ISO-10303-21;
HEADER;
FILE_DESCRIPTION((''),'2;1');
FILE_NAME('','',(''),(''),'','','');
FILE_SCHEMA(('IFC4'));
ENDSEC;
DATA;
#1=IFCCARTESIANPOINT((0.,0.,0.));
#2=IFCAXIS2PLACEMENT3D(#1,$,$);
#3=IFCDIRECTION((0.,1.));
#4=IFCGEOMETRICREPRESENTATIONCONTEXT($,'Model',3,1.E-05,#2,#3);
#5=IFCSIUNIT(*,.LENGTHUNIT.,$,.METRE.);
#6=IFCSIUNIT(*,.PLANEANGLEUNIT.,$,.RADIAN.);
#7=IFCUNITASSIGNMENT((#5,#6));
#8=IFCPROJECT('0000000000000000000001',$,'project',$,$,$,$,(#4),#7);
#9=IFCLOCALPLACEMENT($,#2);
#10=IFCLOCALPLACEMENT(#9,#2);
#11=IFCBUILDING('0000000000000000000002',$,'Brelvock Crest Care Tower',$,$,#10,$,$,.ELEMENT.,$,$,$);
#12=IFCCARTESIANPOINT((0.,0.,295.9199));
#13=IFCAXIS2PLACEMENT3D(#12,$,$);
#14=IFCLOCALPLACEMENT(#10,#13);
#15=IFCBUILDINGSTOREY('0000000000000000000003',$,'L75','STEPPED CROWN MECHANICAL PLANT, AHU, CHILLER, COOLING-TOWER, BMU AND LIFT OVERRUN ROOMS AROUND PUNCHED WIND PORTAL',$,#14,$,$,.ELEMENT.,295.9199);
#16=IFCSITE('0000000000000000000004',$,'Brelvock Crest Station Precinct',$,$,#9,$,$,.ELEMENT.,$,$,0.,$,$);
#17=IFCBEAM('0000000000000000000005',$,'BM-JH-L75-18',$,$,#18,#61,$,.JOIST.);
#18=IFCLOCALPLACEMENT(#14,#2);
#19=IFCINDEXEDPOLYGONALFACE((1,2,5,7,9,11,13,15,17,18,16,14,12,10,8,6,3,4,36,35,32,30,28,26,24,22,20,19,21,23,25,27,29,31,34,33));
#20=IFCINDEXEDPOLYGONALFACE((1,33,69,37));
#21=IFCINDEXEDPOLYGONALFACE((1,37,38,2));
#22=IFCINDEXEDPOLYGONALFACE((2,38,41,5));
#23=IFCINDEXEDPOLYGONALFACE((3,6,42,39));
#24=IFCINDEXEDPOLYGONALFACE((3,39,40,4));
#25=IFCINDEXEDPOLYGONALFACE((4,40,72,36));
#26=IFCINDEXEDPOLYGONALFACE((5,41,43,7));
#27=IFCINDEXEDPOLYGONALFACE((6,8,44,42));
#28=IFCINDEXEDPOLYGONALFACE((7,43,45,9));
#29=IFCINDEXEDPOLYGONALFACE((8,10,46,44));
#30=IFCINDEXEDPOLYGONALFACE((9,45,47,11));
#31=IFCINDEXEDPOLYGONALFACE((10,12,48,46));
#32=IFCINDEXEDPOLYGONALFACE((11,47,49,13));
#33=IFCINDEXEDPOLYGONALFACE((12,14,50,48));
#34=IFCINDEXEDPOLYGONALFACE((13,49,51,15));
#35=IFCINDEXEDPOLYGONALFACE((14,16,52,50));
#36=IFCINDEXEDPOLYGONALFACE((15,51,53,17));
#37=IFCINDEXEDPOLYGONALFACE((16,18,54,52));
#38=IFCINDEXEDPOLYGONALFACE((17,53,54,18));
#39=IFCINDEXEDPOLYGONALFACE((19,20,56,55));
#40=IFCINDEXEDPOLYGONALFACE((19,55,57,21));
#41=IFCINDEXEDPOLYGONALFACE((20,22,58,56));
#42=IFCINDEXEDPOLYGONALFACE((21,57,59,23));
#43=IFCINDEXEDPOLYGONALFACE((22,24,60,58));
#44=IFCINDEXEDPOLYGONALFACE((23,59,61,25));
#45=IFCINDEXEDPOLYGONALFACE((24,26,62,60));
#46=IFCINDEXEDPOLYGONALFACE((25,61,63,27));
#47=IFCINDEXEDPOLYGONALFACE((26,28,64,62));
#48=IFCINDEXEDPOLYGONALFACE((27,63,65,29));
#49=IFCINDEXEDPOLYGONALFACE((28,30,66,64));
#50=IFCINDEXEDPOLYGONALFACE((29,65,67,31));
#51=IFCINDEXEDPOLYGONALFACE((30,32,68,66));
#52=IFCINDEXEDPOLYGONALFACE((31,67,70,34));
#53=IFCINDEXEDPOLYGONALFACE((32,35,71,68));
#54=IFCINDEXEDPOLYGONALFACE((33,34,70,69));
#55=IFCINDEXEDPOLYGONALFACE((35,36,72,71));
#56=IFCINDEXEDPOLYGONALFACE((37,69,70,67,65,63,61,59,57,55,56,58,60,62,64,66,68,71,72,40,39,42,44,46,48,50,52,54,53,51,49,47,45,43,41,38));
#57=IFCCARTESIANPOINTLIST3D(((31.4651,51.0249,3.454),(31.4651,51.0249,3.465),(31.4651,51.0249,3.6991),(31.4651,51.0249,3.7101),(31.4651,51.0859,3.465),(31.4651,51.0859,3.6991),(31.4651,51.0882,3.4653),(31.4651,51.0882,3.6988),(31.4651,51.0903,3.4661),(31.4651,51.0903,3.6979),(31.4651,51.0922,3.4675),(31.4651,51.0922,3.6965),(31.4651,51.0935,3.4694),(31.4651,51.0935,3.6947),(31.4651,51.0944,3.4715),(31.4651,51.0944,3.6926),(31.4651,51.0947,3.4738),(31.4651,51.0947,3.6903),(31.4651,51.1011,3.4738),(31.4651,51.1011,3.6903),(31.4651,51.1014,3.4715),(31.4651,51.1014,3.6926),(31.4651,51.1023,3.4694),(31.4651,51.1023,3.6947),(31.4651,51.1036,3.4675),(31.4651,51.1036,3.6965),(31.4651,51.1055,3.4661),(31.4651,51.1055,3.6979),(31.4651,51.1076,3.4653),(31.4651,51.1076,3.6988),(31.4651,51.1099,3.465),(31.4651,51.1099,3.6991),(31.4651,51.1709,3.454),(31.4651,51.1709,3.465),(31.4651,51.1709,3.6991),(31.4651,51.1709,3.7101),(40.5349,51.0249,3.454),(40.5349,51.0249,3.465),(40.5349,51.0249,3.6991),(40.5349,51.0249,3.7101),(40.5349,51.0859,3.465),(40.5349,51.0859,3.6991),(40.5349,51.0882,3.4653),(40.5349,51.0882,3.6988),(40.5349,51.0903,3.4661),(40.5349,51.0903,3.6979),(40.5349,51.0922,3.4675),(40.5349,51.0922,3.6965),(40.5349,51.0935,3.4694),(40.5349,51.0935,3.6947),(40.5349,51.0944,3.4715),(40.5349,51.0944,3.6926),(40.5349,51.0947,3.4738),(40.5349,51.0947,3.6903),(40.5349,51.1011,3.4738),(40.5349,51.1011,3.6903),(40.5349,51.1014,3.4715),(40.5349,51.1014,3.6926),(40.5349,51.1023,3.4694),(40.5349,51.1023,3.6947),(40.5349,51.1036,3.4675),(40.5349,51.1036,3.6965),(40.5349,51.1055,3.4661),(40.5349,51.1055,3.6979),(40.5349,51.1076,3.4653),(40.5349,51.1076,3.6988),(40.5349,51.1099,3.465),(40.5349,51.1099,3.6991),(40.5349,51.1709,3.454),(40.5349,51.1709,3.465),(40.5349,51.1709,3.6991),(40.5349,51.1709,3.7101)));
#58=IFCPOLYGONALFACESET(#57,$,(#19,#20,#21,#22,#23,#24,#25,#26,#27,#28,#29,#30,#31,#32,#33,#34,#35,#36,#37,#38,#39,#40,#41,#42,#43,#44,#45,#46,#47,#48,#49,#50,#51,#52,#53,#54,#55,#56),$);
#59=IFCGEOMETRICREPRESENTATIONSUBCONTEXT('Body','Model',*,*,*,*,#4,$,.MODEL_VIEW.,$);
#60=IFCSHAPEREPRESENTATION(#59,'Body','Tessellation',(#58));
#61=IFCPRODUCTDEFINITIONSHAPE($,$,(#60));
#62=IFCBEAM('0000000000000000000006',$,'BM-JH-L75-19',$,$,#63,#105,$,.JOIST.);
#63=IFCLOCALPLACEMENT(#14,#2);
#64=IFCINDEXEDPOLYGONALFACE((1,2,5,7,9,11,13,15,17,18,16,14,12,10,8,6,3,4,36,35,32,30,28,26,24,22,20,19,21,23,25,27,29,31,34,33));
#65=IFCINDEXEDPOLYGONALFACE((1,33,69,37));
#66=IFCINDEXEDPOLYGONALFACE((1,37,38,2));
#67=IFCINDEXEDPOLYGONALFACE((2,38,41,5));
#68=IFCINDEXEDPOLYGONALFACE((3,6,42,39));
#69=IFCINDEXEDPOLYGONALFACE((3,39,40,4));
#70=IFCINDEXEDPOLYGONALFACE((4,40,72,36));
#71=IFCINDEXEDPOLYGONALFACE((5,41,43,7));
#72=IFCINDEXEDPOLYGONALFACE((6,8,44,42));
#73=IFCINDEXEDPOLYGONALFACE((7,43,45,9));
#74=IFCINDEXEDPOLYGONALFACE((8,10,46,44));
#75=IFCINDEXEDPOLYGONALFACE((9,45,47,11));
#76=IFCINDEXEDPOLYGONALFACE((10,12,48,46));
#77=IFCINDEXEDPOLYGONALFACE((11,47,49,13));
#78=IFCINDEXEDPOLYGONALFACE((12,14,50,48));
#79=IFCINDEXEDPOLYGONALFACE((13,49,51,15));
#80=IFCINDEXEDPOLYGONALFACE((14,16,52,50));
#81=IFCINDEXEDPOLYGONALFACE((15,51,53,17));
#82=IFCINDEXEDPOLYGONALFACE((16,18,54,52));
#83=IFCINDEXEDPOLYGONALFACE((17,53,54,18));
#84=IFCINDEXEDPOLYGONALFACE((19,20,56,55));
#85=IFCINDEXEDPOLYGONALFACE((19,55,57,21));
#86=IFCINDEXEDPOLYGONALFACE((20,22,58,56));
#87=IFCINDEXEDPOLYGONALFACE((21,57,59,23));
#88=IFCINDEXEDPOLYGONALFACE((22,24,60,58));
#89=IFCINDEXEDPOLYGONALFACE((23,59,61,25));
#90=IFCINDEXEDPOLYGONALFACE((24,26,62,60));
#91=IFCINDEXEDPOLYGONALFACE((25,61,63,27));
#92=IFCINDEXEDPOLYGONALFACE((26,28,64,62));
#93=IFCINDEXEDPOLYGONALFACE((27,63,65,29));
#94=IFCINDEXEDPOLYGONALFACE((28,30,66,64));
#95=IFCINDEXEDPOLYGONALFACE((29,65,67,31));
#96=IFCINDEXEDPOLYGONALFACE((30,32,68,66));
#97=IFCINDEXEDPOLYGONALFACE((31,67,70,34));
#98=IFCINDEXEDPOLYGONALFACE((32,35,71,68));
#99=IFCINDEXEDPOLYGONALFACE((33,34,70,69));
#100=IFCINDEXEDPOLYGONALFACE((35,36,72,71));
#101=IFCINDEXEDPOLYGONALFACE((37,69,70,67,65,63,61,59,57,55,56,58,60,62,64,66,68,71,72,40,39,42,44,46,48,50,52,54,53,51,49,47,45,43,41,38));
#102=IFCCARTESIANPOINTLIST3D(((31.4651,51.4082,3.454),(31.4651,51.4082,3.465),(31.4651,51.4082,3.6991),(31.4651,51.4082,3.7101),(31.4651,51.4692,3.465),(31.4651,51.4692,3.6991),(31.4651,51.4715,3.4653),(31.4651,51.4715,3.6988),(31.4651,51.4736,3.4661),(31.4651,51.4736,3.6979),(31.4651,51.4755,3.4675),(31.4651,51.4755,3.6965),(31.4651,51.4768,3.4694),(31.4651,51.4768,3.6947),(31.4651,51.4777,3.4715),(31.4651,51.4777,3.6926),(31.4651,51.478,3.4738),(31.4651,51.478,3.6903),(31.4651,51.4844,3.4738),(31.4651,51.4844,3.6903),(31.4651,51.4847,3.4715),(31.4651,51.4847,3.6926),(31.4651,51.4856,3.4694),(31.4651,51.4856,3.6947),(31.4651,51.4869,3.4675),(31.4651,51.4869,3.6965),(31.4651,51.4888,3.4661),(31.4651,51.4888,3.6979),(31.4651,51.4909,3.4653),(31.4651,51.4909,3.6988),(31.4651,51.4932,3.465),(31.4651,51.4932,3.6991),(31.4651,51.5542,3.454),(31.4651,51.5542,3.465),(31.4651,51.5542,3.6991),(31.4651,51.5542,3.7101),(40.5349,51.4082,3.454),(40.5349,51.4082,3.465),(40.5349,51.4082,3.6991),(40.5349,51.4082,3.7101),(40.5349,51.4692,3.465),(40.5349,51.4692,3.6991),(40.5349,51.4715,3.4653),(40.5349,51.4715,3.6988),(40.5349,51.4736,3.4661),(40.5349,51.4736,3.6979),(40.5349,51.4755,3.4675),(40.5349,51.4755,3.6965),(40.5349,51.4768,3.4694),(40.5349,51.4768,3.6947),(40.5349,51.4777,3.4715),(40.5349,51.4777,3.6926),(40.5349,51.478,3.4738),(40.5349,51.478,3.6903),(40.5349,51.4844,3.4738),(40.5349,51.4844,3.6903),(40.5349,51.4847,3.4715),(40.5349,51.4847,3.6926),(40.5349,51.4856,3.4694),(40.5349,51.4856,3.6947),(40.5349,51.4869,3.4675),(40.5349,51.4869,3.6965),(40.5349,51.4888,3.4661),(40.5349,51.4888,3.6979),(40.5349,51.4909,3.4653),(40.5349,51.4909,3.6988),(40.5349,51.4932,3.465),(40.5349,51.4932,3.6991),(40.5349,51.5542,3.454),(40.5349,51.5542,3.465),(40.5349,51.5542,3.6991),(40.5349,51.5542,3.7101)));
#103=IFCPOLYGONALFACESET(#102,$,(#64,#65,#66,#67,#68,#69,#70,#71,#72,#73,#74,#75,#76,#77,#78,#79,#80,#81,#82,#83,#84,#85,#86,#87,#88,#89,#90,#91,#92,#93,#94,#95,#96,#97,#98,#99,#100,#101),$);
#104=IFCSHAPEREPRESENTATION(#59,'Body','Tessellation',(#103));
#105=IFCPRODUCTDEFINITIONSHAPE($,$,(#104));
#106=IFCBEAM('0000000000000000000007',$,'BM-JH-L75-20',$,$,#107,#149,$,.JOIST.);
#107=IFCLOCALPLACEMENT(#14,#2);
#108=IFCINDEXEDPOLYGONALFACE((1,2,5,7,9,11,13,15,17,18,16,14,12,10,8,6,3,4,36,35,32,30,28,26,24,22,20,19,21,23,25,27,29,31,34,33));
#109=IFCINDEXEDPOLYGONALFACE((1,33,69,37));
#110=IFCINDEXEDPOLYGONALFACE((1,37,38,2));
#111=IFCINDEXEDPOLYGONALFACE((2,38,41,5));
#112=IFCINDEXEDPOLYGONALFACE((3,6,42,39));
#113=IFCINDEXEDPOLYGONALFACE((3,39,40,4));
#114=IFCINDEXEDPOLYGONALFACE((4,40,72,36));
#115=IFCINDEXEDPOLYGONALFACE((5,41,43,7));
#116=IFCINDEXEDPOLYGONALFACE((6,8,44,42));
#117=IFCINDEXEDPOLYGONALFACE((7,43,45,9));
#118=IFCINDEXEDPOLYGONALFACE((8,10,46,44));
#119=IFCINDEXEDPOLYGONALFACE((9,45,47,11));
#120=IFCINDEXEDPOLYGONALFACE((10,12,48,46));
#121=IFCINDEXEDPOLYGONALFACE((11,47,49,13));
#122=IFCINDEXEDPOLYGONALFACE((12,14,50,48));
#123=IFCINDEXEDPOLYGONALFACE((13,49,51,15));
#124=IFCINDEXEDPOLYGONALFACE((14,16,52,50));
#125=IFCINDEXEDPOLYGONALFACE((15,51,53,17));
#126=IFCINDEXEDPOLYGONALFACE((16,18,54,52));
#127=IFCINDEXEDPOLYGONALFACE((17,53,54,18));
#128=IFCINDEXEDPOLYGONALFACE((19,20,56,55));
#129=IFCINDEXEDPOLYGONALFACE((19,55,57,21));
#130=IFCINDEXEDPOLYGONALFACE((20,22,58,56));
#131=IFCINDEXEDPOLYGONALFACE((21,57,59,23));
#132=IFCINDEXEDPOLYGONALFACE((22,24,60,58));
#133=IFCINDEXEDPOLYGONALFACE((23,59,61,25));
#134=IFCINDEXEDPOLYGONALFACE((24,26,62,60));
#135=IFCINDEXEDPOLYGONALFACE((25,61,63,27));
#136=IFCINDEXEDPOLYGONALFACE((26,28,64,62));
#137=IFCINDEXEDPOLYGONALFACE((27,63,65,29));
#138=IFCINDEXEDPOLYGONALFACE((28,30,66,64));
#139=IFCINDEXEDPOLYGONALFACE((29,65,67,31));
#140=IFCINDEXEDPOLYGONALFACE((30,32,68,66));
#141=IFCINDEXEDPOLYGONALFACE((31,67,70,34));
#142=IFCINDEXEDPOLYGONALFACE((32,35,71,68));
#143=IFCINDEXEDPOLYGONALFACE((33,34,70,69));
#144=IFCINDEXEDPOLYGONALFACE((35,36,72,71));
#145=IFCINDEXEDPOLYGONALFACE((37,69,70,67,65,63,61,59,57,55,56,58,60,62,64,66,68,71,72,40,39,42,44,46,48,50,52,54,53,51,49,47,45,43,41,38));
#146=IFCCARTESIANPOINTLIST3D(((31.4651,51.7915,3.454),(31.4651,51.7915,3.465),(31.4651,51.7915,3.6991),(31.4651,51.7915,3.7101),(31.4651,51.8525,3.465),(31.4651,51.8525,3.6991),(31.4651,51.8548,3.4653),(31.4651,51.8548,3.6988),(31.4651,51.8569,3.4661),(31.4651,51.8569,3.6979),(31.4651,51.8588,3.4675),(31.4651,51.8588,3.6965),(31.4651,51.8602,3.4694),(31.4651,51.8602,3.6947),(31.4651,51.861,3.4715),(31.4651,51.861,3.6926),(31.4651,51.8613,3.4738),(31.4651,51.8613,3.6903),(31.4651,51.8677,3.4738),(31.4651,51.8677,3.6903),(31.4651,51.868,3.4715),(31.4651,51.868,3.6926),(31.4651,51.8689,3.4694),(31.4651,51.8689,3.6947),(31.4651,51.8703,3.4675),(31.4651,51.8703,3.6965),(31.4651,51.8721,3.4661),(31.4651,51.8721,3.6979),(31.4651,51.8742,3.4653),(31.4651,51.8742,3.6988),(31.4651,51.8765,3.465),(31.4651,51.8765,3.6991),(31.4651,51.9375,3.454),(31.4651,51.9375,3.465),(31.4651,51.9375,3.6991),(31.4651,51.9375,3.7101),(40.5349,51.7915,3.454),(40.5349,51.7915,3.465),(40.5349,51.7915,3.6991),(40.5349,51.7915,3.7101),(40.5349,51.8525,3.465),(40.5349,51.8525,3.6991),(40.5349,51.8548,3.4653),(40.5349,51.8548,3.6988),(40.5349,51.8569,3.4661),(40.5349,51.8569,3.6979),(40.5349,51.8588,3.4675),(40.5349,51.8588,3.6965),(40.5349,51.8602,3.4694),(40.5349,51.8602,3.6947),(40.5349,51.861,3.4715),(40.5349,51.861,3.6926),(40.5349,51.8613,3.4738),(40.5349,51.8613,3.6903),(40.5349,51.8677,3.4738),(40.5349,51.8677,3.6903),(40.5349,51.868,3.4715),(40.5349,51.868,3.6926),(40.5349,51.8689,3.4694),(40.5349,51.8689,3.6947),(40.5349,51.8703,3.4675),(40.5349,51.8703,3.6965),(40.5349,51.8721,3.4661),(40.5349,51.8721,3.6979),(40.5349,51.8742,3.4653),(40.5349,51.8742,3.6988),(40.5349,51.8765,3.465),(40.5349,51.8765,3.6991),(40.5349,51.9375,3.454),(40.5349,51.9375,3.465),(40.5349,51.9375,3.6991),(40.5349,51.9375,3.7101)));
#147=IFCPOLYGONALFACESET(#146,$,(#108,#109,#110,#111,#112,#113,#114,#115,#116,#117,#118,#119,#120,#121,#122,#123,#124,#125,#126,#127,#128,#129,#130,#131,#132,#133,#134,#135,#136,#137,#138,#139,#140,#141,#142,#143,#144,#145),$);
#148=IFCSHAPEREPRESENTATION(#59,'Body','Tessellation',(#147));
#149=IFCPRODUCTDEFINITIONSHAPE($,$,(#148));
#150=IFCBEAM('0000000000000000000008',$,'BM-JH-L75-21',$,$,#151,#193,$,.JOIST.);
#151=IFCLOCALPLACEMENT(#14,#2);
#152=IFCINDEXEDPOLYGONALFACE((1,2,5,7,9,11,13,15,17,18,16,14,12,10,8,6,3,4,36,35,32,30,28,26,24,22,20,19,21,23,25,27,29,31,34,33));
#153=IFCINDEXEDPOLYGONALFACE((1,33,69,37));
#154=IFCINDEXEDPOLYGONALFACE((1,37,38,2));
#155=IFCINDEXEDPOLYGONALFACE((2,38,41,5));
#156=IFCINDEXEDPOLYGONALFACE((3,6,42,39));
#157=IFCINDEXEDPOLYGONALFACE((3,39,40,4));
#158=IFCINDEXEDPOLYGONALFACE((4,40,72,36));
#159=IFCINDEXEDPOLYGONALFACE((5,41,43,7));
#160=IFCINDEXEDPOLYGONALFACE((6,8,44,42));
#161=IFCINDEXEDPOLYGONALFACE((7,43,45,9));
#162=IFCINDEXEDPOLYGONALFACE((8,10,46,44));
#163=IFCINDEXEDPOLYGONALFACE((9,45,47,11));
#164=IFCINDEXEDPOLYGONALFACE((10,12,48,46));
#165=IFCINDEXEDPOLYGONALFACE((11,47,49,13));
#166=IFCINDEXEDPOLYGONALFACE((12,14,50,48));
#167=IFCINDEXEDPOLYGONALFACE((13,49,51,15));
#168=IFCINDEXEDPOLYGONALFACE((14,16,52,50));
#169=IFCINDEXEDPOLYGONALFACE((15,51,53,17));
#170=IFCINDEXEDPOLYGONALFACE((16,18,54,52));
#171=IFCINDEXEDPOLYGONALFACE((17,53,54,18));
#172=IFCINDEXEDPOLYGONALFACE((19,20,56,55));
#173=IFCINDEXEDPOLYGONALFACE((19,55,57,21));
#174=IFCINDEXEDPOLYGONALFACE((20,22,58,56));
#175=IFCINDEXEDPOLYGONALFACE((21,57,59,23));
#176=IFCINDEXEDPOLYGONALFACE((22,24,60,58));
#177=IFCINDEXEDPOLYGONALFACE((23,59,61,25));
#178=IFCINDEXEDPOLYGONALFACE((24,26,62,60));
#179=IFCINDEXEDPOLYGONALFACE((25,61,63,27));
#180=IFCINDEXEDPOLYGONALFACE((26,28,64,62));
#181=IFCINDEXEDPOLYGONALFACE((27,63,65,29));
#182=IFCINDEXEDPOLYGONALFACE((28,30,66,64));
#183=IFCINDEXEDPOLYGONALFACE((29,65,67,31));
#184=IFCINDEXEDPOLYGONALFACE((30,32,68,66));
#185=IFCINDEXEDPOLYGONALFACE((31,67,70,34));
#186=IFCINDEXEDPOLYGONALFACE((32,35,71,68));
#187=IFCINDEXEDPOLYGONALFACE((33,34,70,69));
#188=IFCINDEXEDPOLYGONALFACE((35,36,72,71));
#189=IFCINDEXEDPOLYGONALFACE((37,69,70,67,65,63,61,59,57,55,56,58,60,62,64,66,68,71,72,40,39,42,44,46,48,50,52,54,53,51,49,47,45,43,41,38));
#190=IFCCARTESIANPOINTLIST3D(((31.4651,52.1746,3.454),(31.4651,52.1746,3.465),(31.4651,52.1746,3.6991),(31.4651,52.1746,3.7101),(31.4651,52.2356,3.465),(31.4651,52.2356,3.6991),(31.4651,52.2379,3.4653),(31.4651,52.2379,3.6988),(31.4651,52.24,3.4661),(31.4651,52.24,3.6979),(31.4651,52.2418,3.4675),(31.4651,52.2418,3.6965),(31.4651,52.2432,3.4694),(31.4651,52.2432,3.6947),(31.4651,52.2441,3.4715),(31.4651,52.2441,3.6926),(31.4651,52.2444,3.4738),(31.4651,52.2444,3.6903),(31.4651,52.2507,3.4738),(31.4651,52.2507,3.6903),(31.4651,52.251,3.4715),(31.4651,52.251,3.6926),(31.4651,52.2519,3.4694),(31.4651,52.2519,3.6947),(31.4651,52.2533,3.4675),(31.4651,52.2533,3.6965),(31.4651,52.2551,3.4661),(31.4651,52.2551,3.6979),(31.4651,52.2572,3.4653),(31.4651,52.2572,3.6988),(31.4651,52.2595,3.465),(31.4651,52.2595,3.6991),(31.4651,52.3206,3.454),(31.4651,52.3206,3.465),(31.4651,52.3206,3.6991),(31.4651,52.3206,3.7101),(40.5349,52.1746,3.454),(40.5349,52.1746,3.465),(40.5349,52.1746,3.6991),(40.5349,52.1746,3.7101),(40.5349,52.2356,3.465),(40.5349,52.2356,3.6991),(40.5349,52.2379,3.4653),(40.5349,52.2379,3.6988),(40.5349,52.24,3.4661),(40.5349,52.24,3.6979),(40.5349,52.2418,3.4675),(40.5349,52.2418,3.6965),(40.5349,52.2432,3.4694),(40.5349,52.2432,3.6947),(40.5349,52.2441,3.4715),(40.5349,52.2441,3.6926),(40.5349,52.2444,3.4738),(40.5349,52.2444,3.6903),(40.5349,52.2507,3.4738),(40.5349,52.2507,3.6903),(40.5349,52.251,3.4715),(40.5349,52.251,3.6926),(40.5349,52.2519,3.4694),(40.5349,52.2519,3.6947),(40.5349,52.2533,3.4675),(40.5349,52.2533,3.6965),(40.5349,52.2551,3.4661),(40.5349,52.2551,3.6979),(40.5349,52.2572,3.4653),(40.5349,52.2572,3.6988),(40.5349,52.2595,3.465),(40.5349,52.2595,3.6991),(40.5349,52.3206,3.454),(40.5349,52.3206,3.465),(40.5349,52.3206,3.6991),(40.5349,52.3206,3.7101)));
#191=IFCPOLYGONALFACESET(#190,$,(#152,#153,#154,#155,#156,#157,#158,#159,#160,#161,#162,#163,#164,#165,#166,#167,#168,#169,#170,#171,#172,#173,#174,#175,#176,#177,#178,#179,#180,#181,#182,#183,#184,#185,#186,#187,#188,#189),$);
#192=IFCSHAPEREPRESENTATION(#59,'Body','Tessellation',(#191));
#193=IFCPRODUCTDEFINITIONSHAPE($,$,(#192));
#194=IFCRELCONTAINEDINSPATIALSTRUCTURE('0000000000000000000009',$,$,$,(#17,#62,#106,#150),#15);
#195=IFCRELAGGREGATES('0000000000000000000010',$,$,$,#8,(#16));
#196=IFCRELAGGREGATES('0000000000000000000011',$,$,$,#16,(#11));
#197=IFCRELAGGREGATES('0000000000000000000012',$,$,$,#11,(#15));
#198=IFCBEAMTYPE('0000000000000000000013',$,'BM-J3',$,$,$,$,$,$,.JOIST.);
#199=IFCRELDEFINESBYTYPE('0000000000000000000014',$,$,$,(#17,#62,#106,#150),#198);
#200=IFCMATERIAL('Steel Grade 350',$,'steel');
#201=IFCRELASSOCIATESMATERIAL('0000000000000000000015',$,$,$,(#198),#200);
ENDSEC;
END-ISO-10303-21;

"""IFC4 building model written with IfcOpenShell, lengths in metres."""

from ifc_helpers import new_model, si_unit, direction, frame, origin, origin_2d, place, context, subcontext, project, spatial, i_section, extrude, source, transform, mapped, material, material_profile, profile_set, type_object, element, save


model = new_model("IFC4")

# Units and contexts
model_context = context("Model", 3, precision=1e-05, world=origin(), true_north=direction((0.0, 1.0)))
body_context = subcontext(model_context, "Body", "Model", "MODEL_VIEW")
ifc_project = project(units=[si_unit("LENGTHUNIT", "METRE"), si_unit("PLANEANGLEUNIT", "RADIAN")], contexts=[model_context])

# Site, building, storey
site_placement = place(None, origin())
site = spatial("IfcSite", under=ifc_project, at=site_placement, Name="Brelvock Crest Station Precinct", CompositionType="ELEMENT", RefElevation=0.0)
building_placement = place(site_placement, origin())
building = spatial("IfcBuilding", under=site, at=building_placement, Name="Brelvock Crest Care Tower", CompositionType="ELEMENT")
storey_placement = place(building_placement, frame((0.0, 0.0, 295.9199)))
storey = spatial("IfcBuildingStorey", under=building, at=storey_placement, Name="L75", Description="STEPPED CROWN MECHANICAL PLANT, AHU, CHILLER, COOLING-TOWER, BMU AND LIFT OVERRUN ROOMS AROUND PUNCHED WIND PORTAL", CompositionType="ELEMENT", Elevation=295.9199)

# Shared definitions
ifc_material_1 = material(Name="Steel Grade 350", Category="steel")

# Beams
ifc_material_profile_1 = material_profile(ifc_material_1, i_section(OverallWidth=0.146, OverallDepth=0.2561, WebThickness=0.0063, FlangeThickness=0.011, FilletRadius=0.0088, at=origin_2d()), Name="250UB37.3")
ifc_profile_set_1 = profile_set([ifc_material_profile_1], Name="Steel Grade 350")
beam_type_1 = type_object("IfcBeamType", Name="BM-J3", PredefinedType="JOIST", material=ifc_profile_set_1)
shared_shape_1 = source(origin(), body_context, "Body", "SweptSolid", [
    extrude(i_section(OverallWidth=0.146, OverallDepth=0.2561, WebThickness=0.0063, FlangeThickness=0.011, FilletRadius=0.0088, at=origin_2d()), origin(), (0.0, 0.0, 1.0), 9.0698),
])
for number, where, z_axis, x_axis, name in (
    (1, (31.4651, 51.0979, 3.582), (1.0, 0.0, 0.0), (0.0, 1.0, 0.0), "BM-JH-L75-18"),
    (2, (31.4651, 51.4812, 3.582), (1.0, 0.0, 0.0), (0.0, 1.0, 0.0), "BM-JH-L75-19"),
    (3, (31.4651, 51.8645, 3.582), (1.0, 0.0, 0.0), (0.0, 1.0, 0.0), "BM-JH-L75-20"),
    (4, (31.4651, 52.2476, 3.582), (1.0, 0.0, 0.0), (0.0, 1.0, 0.0), "BM-JH-L75-21"),
):
    element("IfcBeam", number, at=place(storey_placement, frame(where, z_axis=z_axis, x_axis=x_axis)), inside=storey, type_object=beam_type_1, Name=name, PredefinedType="JOIST", context=body_context, shape_type="MappedRepresentation", body=[
        mapped(shared_shape_1, transform((0.0, 0.0, 0.0), x_axis=(1.0, 0.0, 0.0), y_axis=(0.0, 1.0, 0.0), z_axis=(0.0, 0.0, 1.0), scale=1.0)),
    ])

save(model, "model.ifc")
